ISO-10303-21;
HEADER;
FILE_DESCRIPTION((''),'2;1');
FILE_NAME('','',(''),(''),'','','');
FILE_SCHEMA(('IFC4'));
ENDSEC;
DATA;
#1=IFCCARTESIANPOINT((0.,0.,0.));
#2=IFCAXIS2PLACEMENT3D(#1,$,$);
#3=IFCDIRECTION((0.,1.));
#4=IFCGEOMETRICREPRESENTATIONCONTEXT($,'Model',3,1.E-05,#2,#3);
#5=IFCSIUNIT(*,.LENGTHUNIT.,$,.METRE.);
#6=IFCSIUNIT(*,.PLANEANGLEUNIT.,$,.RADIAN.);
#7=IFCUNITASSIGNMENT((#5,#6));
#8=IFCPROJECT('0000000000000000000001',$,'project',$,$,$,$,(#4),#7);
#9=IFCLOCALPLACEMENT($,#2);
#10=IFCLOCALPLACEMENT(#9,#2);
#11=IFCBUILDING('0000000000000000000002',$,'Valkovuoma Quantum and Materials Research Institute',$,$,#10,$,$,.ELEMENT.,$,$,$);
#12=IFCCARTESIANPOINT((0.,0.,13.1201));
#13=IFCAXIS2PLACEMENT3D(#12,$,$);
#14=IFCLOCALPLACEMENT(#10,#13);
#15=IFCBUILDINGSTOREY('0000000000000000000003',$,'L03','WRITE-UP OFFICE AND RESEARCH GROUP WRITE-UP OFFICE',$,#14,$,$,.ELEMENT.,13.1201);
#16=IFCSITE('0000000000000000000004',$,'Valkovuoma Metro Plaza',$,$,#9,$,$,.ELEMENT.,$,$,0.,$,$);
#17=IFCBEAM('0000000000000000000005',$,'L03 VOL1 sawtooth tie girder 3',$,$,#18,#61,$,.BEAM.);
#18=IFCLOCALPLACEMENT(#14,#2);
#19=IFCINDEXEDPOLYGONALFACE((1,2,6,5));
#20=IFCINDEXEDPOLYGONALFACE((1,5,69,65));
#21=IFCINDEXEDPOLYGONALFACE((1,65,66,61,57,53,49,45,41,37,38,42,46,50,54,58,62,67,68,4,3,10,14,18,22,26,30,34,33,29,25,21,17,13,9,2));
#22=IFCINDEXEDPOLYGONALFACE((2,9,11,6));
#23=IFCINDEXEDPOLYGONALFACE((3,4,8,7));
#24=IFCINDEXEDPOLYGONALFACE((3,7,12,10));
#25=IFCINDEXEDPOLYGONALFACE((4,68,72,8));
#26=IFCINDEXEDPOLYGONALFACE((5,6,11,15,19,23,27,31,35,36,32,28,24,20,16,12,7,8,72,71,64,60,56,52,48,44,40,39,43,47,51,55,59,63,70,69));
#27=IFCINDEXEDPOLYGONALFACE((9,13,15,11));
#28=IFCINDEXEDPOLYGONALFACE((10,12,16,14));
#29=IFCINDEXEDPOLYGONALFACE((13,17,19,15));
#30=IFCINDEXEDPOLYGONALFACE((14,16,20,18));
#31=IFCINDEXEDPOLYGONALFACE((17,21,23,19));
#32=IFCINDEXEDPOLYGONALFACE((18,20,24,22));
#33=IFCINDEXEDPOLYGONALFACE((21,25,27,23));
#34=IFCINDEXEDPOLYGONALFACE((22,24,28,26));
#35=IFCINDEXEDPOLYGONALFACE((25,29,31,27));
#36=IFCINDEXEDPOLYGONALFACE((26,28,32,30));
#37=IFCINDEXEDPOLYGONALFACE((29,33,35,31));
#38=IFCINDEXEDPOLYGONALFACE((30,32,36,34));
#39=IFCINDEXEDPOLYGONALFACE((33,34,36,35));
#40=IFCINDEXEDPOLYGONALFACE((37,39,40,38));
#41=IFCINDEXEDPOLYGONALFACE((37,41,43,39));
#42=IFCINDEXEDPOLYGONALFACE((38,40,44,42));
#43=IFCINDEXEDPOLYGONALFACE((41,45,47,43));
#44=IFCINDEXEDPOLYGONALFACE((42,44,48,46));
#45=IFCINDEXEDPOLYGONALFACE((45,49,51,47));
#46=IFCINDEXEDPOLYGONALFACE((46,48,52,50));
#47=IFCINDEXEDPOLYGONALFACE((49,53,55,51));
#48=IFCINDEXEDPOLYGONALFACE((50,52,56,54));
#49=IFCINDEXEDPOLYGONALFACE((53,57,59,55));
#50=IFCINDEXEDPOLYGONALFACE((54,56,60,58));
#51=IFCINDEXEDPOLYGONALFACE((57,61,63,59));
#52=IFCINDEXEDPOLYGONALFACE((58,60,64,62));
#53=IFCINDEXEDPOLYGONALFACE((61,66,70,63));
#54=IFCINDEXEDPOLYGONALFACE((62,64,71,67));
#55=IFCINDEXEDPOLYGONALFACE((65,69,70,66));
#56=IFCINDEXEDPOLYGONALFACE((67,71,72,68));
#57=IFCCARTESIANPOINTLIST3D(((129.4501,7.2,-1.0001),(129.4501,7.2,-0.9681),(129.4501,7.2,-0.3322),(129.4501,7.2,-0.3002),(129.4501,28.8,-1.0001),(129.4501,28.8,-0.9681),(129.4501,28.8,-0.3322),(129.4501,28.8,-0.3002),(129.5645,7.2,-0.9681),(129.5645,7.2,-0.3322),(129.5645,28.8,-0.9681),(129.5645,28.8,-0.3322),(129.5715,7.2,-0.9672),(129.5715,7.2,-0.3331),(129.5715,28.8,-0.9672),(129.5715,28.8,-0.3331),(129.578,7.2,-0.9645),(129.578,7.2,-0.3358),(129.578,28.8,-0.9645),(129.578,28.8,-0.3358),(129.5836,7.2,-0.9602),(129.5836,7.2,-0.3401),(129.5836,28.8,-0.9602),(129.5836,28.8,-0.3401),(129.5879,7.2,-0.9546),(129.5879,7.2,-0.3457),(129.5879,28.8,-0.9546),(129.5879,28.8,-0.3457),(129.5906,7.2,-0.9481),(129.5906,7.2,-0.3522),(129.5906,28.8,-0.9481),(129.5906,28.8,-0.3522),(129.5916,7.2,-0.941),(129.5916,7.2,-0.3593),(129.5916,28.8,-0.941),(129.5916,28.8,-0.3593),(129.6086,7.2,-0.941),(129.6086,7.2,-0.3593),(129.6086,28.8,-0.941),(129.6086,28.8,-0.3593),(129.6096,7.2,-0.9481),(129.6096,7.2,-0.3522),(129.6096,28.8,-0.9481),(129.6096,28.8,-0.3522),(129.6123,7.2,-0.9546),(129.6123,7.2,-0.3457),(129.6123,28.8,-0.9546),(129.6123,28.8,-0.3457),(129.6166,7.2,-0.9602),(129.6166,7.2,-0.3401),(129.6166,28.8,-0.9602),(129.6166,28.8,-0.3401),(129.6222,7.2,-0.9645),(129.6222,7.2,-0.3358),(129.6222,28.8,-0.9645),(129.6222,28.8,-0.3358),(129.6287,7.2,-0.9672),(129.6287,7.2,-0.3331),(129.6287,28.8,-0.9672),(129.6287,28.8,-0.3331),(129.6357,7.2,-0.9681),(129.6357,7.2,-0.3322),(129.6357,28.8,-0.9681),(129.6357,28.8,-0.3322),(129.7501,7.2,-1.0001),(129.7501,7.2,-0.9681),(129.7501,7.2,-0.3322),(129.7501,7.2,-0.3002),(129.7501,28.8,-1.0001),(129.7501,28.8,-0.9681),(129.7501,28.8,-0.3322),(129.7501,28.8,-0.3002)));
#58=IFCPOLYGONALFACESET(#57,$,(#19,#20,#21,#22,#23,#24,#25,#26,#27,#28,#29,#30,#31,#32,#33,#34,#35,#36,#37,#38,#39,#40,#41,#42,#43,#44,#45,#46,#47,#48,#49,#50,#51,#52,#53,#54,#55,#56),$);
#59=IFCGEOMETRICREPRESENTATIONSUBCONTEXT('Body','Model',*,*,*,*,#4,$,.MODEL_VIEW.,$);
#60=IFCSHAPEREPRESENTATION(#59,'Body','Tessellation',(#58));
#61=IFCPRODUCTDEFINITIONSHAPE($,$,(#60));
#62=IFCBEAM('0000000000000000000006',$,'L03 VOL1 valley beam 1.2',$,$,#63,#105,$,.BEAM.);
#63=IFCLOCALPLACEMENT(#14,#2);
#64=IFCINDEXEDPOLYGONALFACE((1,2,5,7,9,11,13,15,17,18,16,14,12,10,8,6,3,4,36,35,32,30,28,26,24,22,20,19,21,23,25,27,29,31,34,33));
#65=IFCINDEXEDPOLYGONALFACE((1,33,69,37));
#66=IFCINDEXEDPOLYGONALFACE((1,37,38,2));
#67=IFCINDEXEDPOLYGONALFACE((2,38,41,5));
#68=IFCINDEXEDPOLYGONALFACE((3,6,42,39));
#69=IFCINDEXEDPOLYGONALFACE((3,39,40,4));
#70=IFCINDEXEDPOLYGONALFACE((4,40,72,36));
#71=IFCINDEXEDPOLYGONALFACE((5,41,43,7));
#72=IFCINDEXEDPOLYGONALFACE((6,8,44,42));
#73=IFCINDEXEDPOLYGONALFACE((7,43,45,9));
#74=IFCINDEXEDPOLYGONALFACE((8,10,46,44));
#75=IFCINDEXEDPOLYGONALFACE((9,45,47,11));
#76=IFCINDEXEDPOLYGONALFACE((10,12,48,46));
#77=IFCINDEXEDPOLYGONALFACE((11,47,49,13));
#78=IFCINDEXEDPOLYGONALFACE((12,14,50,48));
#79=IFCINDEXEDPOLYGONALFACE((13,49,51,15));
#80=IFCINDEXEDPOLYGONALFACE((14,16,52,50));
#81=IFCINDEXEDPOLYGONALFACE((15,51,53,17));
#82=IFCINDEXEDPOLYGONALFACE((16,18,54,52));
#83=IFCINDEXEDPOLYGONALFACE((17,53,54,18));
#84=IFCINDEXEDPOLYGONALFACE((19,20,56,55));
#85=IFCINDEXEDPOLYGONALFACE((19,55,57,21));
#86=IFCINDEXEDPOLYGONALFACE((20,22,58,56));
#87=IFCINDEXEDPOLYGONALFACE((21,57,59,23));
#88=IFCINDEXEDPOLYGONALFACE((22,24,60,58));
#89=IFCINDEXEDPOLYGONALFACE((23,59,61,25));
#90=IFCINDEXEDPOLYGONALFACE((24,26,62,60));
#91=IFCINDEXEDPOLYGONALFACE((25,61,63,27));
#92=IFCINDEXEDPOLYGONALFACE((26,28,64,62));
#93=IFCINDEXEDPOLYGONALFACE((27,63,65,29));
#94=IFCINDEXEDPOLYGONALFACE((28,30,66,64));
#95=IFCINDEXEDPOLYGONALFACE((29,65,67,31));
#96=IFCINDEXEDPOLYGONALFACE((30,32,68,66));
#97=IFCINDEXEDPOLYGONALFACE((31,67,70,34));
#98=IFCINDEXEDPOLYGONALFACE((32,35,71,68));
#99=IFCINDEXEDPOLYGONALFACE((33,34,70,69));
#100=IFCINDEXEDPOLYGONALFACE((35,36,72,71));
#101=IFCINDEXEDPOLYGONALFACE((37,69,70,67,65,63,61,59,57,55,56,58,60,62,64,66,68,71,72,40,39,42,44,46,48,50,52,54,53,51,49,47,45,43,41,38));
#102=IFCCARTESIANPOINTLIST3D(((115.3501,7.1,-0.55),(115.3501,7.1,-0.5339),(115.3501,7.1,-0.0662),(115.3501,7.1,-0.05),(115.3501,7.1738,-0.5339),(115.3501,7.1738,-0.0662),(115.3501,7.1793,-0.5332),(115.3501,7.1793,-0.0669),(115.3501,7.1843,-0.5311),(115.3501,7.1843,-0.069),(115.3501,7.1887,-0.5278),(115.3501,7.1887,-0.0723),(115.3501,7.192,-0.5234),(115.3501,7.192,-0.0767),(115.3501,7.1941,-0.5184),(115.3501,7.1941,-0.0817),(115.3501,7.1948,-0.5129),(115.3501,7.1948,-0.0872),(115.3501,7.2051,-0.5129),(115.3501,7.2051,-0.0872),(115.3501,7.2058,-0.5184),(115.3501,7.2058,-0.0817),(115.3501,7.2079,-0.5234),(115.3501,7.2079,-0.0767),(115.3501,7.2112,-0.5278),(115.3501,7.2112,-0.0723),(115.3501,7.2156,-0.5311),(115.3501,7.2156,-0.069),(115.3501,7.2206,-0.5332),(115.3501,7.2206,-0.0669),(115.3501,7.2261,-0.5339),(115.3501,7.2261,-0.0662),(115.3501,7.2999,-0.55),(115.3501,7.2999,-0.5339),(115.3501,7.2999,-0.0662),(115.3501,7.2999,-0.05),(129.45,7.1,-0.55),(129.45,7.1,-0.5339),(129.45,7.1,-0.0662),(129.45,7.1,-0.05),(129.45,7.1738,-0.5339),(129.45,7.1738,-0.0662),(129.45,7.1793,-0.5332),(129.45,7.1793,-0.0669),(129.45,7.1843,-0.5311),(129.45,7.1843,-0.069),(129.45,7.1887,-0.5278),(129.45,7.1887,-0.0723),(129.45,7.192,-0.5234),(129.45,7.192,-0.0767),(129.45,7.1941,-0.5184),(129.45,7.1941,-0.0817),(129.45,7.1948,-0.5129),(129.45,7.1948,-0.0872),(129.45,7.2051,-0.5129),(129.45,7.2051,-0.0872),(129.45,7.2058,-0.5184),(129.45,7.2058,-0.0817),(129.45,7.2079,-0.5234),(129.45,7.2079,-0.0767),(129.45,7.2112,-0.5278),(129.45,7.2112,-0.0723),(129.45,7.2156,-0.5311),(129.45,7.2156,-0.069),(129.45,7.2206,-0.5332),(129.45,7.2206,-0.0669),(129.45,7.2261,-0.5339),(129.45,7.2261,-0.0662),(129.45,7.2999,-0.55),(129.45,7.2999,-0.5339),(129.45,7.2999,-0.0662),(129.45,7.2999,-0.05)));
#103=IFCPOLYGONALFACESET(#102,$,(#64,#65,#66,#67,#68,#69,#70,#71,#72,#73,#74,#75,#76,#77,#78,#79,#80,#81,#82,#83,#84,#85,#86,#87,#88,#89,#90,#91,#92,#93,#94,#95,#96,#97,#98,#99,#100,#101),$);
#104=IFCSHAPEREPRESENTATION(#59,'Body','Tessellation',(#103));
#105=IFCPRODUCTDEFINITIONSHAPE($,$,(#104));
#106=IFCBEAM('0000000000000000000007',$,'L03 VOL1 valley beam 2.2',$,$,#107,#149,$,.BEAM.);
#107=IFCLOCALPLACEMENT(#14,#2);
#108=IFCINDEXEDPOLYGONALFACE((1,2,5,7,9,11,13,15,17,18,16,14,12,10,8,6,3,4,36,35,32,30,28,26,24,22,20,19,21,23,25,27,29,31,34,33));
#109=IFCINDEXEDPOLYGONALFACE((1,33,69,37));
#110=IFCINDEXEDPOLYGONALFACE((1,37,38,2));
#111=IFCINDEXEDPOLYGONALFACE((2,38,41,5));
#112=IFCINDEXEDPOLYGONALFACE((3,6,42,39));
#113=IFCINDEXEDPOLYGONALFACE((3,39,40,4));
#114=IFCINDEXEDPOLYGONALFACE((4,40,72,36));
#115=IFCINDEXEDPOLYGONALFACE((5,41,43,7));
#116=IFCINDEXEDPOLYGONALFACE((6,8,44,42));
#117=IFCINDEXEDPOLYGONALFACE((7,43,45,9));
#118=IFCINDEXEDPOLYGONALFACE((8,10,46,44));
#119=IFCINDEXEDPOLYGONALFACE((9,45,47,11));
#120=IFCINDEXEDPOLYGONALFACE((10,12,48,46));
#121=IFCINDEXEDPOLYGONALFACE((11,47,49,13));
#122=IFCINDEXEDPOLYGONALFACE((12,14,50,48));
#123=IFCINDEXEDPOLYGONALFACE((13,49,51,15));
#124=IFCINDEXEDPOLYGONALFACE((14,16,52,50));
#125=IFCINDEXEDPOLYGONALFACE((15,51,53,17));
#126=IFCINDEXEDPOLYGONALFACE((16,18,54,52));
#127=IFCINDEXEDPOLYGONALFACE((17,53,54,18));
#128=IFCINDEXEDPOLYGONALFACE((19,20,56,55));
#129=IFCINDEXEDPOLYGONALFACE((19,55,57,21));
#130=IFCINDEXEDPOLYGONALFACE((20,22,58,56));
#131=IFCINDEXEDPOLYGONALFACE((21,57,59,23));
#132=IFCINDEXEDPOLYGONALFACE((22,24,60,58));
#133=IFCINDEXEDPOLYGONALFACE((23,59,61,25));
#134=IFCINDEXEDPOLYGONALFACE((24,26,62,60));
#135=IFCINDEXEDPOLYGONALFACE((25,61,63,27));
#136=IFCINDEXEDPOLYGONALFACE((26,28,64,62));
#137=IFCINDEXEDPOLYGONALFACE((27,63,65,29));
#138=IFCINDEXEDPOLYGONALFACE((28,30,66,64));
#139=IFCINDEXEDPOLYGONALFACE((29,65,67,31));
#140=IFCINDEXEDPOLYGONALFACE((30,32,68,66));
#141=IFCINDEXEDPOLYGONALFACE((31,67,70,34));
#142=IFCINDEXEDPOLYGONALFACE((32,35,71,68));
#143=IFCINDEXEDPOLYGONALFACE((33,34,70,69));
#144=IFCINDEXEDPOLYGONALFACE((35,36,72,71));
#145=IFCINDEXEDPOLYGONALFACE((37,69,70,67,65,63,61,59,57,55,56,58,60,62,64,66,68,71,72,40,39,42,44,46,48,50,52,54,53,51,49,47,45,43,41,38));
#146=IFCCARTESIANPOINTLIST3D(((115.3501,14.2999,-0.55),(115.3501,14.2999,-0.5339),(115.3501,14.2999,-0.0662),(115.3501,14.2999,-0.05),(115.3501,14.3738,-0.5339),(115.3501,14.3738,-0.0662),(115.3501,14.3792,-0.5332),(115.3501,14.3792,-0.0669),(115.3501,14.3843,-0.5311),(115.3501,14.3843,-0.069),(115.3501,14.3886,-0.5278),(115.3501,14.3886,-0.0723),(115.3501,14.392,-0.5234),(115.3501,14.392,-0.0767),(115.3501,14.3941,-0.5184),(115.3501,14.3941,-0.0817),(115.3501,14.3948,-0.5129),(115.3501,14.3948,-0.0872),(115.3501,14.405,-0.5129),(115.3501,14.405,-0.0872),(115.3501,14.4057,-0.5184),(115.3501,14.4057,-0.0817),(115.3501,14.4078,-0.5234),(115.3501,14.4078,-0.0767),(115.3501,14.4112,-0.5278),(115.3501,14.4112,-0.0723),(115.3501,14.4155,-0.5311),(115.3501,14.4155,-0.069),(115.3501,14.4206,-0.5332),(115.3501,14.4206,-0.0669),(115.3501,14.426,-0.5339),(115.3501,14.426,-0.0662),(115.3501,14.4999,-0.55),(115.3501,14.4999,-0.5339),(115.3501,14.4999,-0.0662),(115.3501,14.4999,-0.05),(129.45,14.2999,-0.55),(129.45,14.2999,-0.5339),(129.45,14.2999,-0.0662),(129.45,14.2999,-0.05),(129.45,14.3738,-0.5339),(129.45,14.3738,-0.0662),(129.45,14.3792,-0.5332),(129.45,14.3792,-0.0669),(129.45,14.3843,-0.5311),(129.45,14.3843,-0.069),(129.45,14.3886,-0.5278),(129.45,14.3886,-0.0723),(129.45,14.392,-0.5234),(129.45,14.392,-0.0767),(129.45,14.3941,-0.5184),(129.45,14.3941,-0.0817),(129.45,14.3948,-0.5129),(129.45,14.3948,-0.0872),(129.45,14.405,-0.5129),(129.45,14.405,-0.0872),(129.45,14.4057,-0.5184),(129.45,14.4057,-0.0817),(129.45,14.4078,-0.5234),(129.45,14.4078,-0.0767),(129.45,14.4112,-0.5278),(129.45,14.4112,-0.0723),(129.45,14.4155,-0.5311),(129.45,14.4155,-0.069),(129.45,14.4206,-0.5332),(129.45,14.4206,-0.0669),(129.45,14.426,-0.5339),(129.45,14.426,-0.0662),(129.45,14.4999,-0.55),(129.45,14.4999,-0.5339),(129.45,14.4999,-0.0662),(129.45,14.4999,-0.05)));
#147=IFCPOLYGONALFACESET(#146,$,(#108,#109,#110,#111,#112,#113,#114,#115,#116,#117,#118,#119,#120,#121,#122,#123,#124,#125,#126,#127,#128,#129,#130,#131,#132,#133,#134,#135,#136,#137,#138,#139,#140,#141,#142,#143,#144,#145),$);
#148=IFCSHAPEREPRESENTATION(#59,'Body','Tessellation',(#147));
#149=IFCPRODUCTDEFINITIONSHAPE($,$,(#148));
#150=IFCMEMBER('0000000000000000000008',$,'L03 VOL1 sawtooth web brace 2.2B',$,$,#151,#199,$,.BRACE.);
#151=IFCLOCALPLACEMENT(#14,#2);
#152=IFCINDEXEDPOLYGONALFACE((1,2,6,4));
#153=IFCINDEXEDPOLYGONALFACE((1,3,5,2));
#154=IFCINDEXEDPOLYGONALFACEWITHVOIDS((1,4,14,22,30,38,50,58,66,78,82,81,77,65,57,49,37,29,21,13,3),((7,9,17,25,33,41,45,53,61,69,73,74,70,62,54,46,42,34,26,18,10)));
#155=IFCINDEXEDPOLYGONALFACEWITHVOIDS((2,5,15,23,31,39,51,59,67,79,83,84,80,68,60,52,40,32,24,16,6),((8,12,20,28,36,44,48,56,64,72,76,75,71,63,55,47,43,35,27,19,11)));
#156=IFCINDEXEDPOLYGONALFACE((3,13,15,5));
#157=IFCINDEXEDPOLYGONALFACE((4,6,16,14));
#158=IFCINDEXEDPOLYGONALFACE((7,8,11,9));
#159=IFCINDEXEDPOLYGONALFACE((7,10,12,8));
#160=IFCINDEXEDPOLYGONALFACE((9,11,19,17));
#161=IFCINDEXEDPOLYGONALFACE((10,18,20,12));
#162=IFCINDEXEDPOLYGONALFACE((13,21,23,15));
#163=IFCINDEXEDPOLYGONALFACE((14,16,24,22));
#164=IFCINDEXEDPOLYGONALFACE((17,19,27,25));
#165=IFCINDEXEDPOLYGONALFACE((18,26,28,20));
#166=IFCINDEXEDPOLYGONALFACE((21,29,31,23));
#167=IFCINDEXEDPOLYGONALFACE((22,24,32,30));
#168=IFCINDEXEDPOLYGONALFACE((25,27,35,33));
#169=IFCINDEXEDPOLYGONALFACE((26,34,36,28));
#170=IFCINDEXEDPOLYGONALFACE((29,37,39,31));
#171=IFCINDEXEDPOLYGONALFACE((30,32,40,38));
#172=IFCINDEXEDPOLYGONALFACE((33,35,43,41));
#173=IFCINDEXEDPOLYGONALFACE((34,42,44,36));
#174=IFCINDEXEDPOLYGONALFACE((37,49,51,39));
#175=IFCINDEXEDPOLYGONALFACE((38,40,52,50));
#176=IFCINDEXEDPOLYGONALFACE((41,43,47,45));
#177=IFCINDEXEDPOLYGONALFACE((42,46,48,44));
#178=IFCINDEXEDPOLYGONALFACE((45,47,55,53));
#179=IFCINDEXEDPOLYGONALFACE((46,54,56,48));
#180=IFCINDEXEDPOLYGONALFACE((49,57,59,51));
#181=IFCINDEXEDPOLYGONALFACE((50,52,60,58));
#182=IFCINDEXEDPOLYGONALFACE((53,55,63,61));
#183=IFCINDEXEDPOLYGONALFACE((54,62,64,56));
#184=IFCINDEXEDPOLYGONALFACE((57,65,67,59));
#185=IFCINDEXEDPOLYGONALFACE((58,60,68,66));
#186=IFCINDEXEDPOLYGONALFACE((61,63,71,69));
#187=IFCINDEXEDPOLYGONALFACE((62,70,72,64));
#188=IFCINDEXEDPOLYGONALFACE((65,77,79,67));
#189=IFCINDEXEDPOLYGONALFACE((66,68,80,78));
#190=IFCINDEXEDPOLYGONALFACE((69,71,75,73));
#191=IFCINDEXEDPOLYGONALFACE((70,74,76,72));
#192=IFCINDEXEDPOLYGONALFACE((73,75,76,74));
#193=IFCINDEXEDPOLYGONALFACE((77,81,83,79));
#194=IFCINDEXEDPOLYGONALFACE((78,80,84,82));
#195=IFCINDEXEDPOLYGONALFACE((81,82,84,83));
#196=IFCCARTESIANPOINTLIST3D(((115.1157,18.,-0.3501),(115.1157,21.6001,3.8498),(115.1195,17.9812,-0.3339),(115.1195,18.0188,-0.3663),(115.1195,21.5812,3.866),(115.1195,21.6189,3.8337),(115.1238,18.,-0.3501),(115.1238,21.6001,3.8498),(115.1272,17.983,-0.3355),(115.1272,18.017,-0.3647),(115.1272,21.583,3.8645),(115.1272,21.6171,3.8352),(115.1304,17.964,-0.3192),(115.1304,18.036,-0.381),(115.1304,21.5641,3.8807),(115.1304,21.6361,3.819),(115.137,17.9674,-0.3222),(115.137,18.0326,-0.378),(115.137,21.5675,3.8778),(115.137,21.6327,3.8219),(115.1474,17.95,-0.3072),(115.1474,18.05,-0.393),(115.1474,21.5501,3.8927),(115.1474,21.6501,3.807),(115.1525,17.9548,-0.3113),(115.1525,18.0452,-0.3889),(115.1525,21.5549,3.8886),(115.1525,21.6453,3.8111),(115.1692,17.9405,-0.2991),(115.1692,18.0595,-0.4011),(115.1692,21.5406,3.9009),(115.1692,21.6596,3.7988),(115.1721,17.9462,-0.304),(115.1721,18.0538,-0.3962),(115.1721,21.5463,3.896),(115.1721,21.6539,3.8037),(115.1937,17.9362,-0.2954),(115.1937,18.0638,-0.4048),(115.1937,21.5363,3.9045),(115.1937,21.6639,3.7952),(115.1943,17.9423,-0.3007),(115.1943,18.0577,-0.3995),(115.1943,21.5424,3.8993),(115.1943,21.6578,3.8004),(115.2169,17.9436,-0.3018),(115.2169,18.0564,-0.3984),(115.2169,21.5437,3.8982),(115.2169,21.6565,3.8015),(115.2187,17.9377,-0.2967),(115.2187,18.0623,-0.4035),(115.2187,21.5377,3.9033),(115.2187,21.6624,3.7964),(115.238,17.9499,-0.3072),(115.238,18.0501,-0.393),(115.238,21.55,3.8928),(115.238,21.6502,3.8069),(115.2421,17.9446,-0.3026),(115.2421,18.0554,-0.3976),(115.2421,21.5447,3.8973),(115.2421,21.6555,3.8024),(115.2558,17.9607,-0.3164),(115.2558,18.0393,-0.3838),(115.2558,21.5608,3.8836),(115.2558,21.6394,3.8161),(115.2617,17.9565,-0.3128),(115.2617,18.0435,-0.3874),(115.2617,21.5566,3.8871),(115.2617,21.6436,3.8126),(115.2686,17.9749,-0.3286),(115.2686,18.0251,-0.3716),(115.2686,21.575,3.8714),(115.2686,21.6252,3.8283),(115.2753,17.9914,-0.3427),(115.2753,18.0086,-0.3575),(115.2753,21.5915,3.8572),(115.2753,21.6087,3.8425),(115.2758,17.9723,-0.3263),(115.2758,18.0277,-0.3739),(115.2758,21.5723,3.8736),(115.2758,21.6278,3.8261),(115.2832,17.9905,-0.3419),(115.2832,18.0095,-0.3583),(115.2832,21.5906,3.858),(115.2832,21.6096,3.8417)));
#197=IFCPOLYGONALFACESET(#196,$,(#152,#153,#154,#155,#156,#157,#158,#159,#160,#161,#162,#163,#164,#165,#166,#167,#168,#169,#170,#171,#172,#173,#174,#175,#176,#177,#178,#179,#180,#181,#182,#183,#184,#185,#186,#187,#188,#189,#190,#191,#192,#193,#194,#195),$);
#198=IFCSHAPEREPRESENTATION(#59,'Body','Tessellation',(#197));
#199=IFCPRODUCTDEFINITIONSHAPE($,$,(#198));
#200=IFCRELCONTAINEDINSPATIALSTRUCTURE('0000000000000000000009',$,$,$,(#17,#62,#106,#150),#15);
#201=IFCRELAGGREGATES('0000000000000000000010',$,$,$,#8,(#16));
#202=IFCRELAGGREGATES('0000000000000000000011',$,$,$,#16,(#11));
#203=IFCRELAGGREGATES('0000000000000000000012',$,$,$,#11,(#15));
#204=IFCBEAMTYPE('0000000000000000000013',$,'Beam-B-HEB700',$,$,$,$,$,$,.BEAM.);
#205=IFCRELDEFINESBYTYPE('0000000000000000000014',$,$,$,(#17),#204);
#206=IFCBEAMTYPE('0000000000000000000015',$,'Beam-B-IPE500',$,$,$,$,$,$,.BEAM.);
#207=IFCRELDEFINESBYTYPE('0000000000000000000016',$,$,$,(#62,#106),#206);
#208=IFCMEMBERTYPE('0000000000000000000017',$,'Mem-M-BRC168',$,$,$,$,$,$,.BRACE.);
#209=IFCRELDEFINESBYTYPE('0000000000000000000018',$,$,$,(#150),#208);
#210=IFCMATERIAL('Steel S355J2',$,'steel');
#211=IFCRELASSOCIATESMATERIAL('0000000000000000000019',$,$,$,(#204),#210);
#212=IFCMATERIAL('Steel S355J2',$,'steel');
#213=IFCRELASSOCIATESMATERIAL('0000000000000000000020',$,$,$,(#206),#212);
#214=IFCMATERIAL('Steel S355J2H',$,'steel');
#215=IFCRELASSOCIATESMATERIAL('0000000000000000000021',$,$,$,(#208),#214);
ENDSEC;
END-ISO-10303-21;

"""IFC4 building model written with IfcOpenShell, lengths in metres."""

from ifc_helpers import new_model, si_unit, direction, frame, origin, origin_2d, place, context, subcontext, project, spatial, hollow_circle, i_section, extrude, material, material_profile, profile_set, type_object, element, save


model = new_model("IFC4")

# Units and contexts
model_context = context("Model", 3, precision=1e-05, world=origin(), true_north=direction((0.0, 1.0)))
body_context = subcontext(model_context, "Body", "Model", "MODEL_VIEW")
ifc_project = project(units=[si_unit("LENGTHUNIT", "METRE"), si_unit("PLANEANGLEUNIT", "RADIAN")], contexts=[model_context])

# Site, building, storey
site_placement = place(None, origin())
site = spatial("IfcSite", under=ifc_project, at=site_placement, Name="Valkovuoma Metro Plaza", CompositionType="ELEMENT", RefElevation=0.0)
building_placement = place(site_placement, origin())
building = spatial("IfcBuilding", under=site, at=building_placement, Name="Valkovuoma Quantum and Materials Research Institute", CompositionType="ELEMENT")
storey_placement = place(building_placement, frame((0.0, 0.0, 13.1201)))
storey = spatial("IfcBuildingStorey", under=building, at=storey_placement, Name="L03", Description="WRITE-UP OFFICE AND RESEARCH GROUP WRITE-UP OFFICE", CompositionType="ELEMENT", Elevation=13.1201)

# Beams
ifc_material_1 = material(Name="Steel S355J2", Category="steel")
ifc_material_profile_1 = material_profile(ifc_material_1, i_section(OverallWidth=0.3, OverallDepth=0.7, WebThickness=0.0171, FlangeThickness=0.032, FilletRadius=0.0271, at=origin_2d()), Name="Steel S355J2")
ifc_profile_set_1 = profile_set([ifc_material_profile_1], Name="Steel S355J2")
beam_type_1 = type_object("IfcBeamType", Name="Beam-B-HEB700", PredefinedType="BEAM", material=ifc_profile_set_1)
beam_placement = place(storey_placement, frame((129.6001, 7.2, -0.6501), z_axis=(0.0, 1.0, 0.0), x_axis=(-1.0, 0.0, 0.0)))
element("IfcBeam", 1, at=beam_placement, inside=storey, type_object=beam_type_1, Name="L03 VOL1 sawtooth tie girder 3", PredefinedType="BEAM", context=body_context, shape_type="SweptSolid", body=[
    extrude(i_section(OverallWidth=0.3, OverallDepth=0.7, WebThickness=0.0171, FlangeThickness=0.032, FilletRadius=0.0271, at=origin_2d()), origin(), (0.0, 0.0, 1.0), 21.6001),
])
ifc_material_2 = material(Name="Steel S355J2", Category="steel")
ifc_material_profile_2 = material_profile(ifc_material_2, i_section(OverallWidth=0.2, OverallDepth=0.5, WebThickness=0.0103, FlangeThickness=0.0161, FilletRadius=0.021, at=origin_2d()), Name="Steel S355J2")
ifc_profile_set_2 = profile_set([ifc_material_profile_2], Name="Steel S355J2")
beam_type_2 = type_object("IfcBeamType", Name="Beam-B-IPE500", PredefinedType="BEAM", material=ifc_profile_set_2)
for number, where, z_axis, x_axis, name in (
    (2, (115.3501, 7.2, -0.3), (1.0, 0.0, 0.0), (0.0, 1.0, 0.0), "L03 VOL1 valley beam 1.2"),
    (3, (115.3501, 14.3999, -0.3), (1.0, 0.0, 0.0), (0.0, 1.0, 0.0), "L03 VOL1 valley beam 2.2"),
):
    element("IfcBeam", number, at=place(storey_placement, frame(where, z_axis=z_axis, x_axis=x_axis)), inside=storey, type_object=beam_type_2, Name=name, PredefinedType="BEAM", context=body_context, shape_type="SweptSolid", body=[
        extrude(i_section(OverallWidth=0.2, OverallDepth=0.5, WebThickness=0.0103, FlangeThickness=0.0161, FilletRadius=0.021, at=origin_2d()), origin(), (0.0, 0.0, 1.0), 14.0999),
    ])

# Member
ifc_material_3 = material(Name="Steel S355J2H", Category="steel")
ifc_material_profile_3 = material_profile(ifc_material_3, hollow_circle(Radius=0.0842, WallThickness=0.0081, at=origin_2d()), Name="Steel S355J2H")
ifc_profile_set_3 = profile_set([ifc_material_profile_3], Name="Steel S355J2H")
member_type_1 = type_object("IfcMemberType", Name="Mem-M-BRC168", PredefinedType="BRACE", material=ifc_profile_set_3)
member_1_placement = place(storey_placement, frame((115.2, 18.0, -0.3501), z_axis=(0.0, 0.650806, 0.759244), x_axis=(-1.0, 0.0, 0.0)))
element("IfcMember", 4, at=member_1_placement, inside=storey, type_object=member_type_1, Name="L03 VOL1 sawtooth web brace 2.2B", PredefinedType="BRACE", context=body_context, shape_type="SweptSolid", body=[
    extrude(hollow_circle(Radius=0.0842, WallThickness=0.0081, at=origin_2d()), origin(), (0.0, 0.0, 1.0), 5.5317),
])

save(model, "model.ifc")
